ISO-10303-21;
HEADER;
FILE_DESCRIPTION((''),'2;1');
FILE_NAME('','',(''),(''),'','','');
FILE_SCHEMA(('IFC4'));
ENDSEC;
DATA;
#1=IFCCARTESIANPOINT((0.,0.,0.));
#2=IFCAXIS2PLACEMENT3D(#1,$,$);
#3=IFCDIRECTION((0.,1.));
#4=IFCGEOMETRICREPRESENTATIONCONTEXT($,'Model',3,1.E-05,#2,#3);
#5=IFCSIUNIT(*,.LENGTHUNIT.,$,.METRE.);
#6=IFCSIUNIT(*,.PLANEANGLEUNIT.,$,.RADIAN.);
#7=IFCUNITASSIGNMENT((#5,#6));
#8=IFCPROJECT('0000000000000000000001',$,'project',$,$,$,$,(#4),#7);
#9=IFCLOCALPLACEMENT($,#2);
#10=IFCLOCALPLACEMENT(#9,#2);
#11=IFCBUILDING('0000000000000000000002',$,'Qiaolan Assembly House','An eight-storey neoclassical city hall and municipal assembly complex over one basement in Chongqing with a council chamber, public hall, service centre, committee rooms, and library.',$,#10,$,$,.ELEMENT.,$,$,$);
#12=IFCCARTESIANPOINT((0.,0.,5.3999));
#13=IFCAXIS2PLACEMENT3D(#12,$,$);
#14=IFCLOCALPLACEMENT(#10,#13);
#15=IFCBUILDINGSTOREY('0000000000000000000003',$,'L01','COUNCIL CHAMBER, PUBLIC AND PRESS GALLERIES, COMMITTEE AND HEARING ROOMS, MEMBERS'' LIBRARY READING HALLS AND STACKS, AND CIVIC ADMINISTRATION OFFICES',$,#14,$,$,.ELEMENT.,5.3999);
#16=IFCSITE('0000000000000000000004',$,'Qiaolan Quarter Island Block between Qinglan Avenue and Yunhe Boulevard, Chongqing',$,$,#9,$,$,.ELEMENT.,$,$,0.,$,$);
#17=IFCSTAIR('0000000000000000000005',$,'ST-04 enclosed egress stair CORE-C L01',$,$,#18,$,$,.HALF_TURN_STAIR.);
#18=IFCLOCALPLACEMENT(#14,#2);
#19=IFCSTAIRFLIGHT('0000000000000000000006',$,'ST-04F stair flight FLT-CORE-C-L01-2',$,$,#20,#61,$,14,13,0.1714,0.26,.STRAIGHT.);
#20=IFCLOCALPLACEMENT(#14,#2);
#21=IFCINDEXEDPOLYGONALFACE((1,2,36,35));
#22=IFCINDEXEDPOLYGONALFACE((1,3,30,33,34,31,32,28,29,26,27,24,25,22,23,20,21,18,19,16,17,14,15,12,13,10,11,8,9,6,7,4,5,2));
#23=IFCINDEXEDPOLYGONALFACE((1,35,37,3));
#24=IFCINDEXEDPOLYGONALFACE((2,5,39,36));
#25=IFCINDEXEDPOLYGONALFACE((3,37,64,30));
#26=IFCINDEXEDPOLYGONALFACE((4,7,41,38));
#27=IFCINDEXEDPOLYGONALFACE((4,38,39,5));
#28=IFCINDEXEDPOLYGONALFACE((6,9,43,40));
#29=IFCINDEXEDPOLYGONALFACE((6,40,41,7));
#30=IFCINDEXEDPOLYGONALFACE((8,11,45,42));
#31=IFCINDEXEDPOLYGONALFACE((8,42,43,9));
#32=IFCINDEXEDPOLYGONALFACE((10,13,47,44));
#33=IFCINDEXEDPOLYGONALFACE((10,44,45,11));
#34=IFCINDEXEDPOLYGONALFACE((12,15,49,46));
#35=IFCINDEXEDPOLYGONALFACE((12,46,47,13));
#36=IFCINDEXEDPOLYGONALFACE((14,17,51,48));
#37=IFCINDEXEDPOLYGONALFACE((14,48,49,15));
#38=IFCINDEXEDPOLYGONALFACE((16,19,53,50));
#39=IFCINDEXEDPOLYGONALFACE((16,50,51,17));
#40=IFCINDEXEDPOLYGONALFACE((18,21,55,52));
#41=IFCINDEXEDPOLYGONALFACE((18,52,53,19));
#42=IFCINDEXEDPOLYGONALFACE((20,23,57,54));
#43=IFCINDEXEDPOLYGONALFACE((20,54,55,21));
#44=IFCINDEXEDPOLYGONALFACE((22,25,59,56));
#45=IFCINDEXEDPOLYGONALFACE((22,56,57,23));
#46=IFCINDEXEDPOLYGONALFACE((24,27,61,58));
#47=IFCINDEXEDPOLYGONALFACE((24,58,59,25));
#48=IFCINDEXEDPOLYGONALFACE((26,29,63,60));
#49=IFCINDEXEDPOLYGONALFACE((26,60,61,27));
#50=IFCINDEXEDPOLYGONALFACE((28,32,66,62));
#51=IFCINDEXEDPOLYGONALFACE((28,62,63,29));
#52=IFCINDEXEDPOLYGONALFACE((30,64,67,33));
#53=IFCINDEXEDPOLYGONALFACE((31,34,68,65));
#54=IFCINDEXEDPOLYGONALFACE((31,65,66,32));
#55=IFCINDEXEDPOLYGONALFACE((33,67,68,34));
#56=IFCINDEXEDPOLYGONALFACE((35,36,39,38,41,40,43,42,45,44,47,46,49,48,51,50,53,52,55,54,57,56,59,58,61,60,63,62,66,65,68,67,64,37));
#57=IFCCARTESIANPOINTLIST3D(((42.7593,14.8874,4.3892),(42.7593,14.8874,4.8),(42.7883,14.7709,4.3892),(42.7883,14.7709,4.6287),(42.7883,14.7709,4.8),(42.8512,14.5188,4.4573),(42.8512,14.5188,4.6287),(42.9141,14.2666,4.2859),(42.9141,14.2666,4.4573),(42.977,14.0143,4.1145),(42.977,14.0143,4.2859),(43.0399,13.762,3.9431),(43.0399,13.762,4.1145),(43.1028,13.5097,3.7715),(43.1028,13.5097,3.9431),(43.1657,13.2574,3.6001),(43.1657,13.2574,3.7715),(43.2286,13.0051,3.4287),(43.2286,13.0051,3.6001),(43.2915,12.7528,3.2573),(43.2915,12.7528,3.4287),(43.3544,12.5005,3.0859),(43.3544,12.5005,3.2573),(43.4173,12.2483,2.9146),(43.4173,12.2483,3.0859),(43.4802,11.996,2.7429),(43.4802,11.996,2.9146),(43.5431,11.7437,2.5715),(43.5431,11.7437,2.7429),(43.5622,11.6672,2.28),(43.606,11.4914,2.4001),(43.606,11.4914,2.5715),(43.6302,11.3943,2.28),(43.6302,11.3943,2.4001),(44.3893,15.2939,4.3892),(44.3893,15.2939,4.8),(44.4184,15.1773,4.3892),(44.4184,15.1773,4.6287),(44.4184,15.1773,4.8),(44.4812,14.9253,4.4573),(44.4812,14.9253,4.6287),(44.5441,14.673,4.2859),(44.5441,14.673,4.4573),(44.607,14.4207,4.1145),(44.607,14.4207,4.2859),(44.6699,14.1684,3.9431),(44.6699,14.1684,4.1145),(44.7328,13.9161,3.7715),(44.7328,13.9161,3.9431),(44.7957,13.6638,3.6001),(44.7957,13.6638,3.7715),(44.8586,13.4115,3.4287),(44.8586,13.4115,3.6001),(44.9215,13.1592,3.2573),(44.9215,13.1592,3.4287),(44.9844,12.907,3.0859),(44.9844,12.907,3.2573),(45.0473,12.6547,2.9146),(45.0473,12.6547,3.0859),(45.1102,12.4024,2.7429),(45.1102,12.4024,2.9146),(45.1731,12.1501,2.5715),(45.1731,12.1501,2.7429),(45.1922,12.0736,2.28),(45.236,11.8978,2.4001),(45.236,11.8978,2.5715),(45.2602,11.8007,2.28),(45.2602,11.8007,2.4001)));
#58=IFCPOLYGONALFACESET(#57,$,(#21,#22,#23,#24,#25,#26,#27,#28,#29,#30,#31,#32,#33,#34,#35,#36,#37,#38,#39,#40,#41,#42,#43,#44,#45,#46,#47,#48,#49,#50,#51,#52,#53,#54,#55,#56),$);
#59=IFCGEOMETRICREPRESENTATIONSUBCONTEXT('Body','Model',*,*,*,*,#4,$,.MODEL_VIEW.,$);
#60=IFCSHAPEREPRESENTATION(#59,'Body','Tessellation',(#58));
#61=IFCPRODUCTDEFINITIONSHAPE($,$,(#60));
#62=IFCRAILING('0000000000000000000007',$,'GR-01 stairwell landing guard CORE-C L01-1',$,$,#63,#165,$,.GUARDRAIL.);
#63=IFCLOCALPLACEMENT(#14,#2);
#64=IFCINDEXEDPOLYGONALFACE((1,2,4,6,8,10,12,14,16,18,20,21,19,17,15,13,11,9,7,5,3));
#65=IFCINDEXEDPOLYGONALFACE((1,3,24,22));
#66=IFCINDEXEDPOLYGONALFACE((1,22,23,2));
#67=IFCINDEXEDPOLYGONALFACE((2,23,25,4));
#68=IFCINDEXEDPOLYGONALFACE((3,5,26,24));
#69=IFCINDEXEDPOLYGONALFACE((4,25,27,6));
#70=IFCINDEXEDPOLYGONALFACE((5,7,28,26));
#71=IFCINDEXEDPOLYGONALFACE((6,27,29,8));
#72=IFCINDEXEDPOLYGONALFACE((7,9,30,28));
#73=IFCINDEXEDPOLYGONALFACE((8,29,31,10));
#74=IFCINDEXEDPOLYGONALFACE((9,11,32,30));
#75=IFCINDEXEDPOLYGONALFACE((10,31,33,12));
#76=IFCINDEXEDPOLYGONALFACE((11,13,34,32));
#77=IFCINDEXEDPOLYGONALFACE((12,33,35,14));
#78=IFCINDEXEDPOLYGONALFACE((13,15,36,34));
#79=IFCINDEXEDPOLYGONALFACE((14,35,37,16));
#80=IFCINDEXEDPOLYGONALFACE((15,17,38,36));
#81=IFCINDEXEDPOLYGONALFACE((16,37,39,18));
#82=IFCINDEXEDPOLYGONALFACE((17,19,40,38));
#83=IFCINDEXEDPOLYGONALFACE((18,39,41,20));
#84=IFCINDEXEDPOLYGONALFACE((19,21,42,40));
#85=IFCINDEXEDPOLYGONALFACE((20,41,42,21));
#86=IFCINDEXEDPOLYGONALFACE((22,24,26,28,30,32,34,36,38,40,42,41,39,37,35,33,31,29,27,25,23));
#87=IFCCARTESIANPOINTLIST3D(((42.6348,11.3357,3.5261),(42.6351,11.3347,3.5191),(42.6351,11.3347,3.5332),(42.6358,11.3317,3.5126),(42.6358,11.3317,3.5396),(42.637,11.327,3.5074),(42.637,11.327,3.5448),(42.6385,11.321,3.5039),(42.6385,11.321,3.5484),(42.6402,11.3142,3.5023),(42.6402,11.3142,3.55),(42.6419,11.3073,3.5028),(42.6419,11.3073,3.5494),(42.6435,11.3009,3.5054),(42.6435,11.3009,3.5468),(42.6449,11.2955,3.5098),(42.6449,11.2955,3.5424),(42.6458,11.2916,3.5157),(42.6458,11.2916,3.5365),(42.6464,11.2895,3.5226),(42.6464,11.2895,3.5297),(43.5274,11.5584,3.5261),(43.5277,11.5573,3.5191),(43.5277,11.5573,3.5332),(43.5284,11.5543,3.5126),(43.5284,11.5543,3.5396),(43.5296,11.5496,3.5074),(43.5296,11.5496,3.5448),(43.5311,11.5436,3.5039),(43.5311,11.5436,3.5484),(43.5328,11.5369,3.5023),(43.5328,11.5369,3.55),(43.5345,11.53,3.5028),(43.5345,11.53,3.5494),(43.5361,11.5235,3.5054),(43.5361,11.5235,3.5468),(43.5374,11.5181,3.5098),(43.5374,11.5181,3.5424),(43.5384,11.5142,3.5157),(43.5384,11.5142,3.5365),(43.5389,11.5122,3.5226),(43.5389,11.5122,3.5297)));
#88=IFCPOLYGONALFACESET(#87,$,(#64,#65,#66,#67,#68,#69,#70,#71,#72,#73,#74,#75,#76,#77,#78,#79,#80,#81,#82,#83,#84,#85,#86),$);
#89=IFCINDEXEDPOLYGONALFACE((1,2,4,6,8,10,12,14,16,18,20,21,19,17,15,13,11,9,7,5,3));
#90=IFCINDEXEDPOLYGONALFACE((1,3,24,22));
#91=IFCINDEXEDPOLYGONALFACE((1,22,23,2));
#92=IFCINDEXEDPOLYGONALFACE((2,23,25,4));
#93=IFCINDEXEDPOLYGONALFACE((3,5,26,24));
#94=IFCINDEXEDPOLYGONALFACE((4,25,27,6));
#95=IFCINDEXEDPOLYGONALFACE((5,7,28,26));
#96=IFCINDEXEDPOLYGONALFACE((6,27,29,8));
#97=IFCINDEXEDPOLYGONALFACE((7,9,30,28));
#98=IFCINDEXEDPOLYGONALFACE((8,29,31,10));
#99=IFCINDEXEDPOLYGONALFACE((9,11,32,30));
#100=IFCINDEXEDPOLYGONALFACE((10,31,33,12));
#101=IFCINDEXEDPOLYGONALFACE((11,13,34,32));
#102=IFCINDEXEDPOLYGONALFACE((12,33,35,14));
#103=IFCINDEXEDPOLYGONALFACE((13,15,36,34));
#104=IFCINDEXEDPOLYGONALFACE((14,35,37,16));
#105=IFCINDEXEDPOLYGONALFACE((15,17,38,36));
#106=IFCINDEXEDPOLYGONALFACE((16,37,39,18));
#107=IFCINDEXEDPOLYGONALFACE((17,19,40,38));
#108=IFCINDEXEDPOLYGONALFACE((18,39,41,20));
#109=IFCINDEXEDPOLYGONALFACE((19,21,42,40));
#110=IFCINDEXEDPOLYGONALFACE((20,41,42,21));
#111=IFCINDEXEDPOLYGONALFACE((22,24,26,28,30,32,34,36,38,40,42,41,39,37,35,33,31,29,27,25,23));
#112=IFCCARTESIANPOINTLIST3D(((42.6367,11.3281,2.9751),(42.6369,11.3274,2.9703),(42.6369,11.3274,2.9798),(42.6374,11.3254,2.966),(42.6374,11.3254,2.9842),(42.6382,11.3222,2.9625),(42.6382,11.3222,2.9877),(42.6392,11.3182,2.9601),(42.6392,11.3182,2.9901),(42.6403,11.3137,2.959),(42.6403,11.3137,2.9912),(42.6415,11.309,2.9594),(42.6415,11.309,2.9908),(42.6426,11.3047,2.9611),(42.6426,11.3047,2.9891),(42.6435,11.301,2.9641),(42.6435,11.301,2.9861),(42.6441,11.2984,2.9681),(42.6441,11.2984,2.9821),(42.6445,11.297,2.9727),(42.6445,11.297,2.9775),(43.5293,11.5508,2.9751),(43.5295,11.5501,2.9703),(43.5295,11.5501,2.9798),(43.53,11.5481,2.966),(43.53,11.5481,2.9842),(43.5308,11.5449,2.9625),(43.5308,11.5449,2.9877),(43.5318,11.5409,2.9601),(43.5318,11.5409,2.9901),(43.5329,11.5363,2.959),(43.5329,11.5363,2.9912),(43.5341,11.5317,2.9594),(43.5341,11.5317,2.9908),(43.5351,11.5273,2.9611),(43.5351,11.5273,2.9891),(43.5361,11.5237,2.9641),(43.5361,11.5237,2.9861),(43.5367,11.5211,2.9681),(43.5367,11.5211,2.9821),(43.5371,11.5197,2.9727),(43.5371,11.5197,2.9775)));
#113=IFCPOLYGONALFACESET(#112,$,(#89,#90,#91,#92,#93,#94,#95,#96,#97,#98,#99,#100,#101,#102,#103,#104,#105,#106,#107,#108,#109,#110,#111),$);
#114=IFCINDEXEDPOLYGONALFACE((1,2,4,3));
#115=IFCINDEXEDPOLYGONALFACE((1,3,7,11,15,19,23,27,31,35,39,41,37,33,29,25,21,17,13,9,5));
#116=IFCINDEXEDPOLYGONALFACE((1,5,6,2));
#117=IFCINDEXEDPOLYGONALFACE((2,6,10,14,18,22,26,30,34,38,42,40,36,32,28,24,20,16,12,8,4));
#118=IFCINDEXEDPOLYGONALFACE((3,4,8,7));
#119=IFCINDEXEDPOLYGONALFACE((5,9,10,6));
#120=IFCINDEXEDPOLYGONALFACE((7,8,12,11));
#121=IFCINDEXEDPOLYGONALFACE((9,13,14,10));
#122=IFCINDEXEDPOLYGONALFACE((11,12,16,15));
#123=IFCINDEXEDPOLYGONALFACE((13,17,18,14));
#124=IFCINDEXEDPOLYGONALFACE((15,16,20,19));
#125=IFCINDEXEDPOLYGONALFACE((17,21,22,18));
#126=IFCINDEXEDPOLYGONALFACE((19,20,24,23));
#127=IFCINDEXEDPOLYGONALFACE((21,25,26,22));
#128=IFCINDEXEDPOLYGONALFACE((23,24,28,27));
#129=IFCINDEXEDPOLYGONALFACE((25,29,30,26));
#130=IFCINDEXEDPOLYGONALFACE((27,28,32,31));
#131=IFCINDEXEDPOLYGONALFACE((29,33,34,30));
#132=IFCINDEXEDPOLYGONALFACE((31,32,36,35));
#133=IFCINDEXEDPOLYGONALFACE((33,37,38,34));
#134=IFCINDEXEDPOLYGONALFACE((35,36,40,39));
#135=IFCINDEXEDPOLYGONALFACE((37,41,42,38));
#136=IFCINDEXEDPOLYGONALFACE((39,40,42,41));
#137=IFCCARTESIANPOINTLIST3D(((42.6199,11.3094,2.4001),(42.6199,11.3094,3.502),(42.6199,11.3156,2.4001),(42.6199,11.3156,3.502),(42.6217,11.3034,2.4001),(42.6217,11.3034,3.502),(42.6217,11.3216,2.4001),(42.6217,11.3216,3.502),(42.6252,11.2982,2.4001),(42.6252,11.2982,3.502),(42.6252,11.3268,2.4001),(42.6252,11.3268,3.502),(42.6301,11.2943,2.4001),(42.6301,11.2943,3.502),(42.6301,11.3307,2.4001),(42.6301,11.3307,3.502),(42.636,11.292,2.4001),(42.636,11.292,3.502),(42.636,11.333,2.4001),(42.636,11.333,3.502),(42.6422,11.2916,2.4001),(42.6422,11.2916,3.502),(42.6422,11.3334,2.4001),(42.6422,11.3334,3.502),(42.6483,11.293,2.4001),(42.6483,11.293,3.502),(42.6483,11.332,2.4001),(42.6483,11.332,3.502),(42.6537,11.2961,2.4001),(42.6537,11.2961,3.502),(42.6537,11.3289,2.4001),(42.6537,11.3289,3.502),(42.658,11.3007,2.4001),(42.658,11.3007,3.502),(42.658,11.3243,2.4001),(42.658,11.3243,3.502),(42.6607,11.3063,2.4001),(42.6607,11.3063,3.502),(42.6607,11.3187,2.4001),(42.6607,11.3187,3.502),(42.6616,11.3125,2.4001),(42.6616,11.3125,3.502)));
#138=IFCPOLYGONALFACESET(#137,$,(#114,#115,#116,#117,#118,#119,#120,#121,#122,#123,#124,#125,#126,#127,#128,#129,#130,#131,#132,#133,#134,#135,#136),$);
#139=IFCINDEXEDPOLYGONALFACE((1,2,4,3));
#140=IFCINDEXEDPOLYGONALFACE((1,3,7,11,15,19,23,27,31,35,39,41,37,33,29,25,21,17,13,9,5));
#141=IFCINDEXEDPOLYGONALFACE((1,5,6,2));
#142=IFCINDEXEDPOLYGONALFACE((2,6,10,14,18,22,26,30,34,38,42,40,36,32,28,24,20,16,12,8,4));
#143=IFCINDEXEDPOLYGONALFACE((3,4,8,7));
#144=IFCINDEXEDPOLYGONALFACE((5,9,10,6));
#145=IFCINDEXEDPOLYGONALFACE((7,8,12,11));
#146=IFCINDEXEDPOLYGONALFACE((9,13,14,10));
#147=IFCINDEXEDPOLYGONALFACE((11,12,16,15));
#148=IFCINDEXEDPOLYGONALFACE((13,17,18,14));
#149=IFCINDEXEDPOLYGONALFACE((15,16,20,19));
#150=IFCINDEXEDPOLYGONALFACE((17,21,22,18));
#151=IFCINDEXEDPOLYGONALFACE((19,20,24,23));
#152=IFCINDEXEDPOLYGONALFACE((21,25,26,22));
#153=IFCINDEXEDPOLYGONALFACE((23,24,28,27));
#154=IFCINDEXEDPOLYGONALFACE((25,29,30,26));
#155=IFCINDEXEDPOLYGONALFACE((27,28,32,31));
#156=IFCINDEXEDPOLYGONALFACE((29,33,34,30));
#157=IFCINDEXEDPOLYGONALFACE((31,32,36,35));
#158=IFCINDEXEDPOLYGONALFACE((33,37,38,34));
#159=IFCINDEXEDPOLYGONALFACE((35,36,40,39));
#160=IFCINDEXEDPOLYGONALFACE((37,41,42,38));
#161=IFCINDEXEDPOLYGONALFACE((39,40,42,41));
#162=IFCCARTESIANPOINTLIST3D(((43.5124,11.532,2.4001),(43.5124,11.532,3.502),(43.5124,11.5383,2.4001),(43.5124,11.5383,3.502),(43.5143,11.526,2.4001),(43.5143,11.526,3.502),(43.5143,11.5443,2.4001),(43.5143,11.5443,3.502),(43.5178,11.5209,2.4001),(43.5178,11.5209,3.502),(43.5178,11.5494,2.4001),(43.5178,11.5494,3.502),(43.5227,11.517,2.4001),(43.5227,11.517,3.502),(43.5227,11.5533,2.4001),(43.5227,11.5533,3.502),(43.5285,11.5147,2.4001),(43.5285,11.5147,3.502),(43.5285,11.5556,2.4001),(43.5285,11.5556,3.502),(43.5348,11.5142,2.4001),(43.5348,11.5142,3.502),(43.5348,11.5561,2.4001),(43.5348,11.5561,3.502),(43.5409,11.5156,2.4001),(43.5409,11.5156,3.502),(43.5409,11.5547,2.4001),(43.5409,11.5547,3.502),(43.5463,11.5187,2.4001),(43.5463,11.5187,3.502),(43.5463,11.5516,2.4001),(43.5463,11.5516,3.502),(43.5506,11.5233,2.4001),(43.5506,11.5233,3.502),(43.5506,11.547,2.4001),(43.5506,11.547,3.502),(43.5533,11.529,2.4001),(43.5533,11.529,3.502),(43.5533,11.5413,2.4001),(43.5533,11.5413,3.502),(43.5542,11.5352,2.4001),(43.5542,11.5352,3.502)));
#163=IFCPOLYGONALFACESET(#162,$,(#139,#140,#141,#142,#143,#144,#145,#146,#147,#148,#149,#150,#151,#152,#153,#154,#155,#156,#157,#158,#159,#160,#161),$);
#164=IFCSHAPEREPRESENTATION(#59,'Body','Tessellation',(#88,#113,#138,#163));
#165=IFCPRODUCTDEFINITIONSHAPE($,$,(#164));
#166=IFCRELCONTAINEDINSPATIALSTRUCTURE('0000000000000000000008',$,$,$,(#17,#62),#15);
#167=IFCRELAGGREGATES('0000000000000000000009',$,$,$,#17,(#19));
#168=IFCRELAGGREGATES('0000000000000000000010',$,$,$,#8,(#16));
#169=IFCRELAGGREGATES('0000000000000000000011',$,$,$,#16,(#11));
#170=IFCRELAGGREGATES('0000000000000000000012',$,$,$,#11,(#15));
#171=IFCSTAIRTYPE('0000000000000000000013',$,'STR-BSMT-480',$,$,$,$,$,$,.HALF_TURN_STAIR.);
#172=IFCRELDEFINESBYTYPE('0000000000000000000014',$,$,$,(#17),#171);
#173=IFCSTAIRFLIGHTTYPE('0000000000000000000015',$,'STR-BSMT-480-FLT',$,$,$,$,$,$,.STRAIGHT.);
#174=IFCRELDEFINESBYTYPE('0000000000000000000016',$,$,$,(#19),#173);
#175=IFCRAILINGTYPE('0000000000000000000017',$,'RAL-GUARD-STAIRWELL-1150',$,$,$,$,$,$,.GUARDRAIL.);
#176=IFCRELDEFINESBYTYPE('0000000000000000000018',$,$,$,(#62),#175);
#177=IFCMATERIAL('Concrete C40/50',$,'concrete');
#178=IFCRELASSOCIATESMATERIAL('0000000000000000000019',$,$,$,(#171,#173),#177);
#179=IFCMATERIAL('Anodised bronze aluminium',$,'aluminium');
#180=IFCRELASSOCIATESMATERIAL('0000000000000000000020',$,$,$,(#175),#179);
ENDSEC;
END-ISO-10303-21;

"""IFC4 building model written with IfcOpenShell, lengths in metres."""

from ifc_helpers import new_model, si_unit, direction, frame, origin, origin_2d, place, context, subcontext, project, spatial, polyline, circle, outline, extrude, material, type_object, element, aggregate, save


model = new_model("IFC4")

# Units and contexts
model_context = context("Model", 3, precision=1e-05, world=origin(), true_north=direction((0.0, 1.0)))
body_context = subcontext(model_context, "Body", "Model", "MODEL_VIEW")
ifc_project = project(units=[si_unit("LENGTHUNIT", "METRE"), si_unit("PLANEANGLEUNIT", "RADIAN")], contexts=[model_context])

# Site, building, storey
site_placement = place(None, origin())
site = spatial("IfcSite", under=ifc_project, at=site_placement, Name="Qiaolan Quarter Island Block between Qinglan Avenue and Yunhe Boulevard, Chongqing", CompositionType="ELEMENT", RefElevation=0.0)
building_placement = place(site_placement, origin())
building = spatial("IfcBuilding", under=site, at=building_placement, Name="Qiaolan Assembly House", Description="An eight-storey neoclassical city hall and municipal assembly complex over one basement in Chongqing with a council chamber, public hall, service centre, committee rooms, and library.", CompositionType="ELEMENT")
storey_placement = place(building_placement, frame((0.0, 0.0, 5.3999)))
storey = spatial("IfcBuildingStorey", under=building, at=storey_placement, Name="L01", Description="COUNCIL CHAMBER, PUBLIC AND PRESS GALLERIES, COMMITTEE AND HEARING ROOMS, MEMBERS' LIBRARY READING HALLS AND STACKS, AND CIVIC ADMINISTRATION OFFICES", CompositionType="ELEMENT", Elevation=5.3999)

# Shared definitions
ifc_material_1 = material(Name="Concrete C40/50", Category="concrete")

# Shared definitions
ifc_material_2 = material(Name="Anodised bronze aluminium", Category="aluminium")

# Stair, stair flight
stair_type = type_object("IfcStairType", Name="STR-BSMT-480", PredefinedType="HALF_TURN_STAIR", material=ifc_material_1)
stair_placement = place(storey_placement, origin())
stair = element("IfcStair", 1, at=stair_placement, inside=storey, type_object=stair_type, Name="ST-04 enclosed egress stair CORE-C L01", PredefinedType="HALF_TURN_STAIR")
stair_flight_type = type_object("IfcStairFlightType", Name="STR-BSMT-480-FLT", PredefinedType="STRAIGHT", material=ifc_material_1)
stair_flight_placement = place(storey_placement, frame((44.4209, 11.6946, 2.4001), z_axis=(0.0, 0.0, 1.0), x_axis=(-0.241922, 0.970296, 0.0)))
stair_flight = element("IfcStairFlight", 2, at=stair_flight_placement, type_object=stair_flight_type, Name="ST-04F stair flight FLT-CORE-C-L01-2", NumberOfRisers=14, NumberOfTreads=13, PredefinedType="STRAIGHT", RiserHeight=0.1714, TreadLength=0.26, context=body_context, shape_type="SweptSolid", body=[
    extrude(outline(polyline([(-0.1001, -0.1201), (-0.1001, 0.0), (0.0, 0.0), (0.0, 0.1714), (0.26, 0.1714), (0.26, 0.3428), (0.52, 0.3428), (0.52, 0.5144), (0.78, 0.5144), (0.78, 0.6858), (1.04, 0.6858), (1.04, 0.8572), (1.3, 0.8572), (1.3, 1.0286), (1.5601, 1.0286), (1.5601, 1.2), (1.8201, 1.2), (1.8201, 1.3713), (2.0801, 1.3713), (2.0801, 1.543), (2.3401, 1.543), (2.3401, 1.7144), (2.6001, 1.7144), (2.6001, 1.8857), (2.8601, 1.8857), (2.8601, 2.0571), (3.1201, 2.0571), (3.1201, 2.2285), (3.3799, 2.2285), (3.3799, 2.3999), (3.5, 2.3999), (3.5, 1.989), (3.3799, 1.989), (0.1812, -0.1201), (-0.1001, -0.1201)])), frame((0.0, 0.8398, 0.0), z_axis=(0.0, -1.0, 0.0), x_axis=(1.0, 0.0, 0.0)), (0.0, 0.0, 1.0), 1.6799),
])
aggregate(stair, [stair_flight])

# Railing
railing_type_1 = type_object("IfcRailingType", Name="RAL-GUARD-STAIRWELL-1150", PredefinedType="GUARDRAIL", material=ifc_material_2)
railing_1_placement = place(storey_placement, frame((42.6406, 11.3125, 2.4001)))
element("IfcRailing", 3, at=railing_1_placement, inside=storey, type_object=railing_type_1, Name="GR-01 stairwell landing guard CORE-C L01-1", PredefinedType="GUARDRAIL", context=body_context, shape_type="SweptSolid", body=[
    extrude(circle(Radius=0.0239, at=origin_2d()), frame((0.0, 0.0, 1.126), z_axis=(0.970267, 0.242036, 0.0), x_axis=(-0.242036, 0.970267, 0.0)), (0.0, 0.0, 1.0), 0.9199),
    extrude(circle(Radius=0.0161, at=origin_2d()), frame((0.0, 0.0, 0.575), z_axis=(0.970267, 0.242036, 0.0), x_axis=(-0.242036, 0.970267, 0.0)), (0.0, 0.0, 1.0), 0.9199),
    extrude(circle(Radius=0.021, at=origin_2d()), origin(), (0.0, 0.0, 1.0), 1.1018),
    extrude(circle(Radius=0.021, at=origin_2d()), frame((0.8926, 0.2227, 0.0)), (0.0, 0.0, 1.0), 1.1018),
])

save(model, "model.ifc")
